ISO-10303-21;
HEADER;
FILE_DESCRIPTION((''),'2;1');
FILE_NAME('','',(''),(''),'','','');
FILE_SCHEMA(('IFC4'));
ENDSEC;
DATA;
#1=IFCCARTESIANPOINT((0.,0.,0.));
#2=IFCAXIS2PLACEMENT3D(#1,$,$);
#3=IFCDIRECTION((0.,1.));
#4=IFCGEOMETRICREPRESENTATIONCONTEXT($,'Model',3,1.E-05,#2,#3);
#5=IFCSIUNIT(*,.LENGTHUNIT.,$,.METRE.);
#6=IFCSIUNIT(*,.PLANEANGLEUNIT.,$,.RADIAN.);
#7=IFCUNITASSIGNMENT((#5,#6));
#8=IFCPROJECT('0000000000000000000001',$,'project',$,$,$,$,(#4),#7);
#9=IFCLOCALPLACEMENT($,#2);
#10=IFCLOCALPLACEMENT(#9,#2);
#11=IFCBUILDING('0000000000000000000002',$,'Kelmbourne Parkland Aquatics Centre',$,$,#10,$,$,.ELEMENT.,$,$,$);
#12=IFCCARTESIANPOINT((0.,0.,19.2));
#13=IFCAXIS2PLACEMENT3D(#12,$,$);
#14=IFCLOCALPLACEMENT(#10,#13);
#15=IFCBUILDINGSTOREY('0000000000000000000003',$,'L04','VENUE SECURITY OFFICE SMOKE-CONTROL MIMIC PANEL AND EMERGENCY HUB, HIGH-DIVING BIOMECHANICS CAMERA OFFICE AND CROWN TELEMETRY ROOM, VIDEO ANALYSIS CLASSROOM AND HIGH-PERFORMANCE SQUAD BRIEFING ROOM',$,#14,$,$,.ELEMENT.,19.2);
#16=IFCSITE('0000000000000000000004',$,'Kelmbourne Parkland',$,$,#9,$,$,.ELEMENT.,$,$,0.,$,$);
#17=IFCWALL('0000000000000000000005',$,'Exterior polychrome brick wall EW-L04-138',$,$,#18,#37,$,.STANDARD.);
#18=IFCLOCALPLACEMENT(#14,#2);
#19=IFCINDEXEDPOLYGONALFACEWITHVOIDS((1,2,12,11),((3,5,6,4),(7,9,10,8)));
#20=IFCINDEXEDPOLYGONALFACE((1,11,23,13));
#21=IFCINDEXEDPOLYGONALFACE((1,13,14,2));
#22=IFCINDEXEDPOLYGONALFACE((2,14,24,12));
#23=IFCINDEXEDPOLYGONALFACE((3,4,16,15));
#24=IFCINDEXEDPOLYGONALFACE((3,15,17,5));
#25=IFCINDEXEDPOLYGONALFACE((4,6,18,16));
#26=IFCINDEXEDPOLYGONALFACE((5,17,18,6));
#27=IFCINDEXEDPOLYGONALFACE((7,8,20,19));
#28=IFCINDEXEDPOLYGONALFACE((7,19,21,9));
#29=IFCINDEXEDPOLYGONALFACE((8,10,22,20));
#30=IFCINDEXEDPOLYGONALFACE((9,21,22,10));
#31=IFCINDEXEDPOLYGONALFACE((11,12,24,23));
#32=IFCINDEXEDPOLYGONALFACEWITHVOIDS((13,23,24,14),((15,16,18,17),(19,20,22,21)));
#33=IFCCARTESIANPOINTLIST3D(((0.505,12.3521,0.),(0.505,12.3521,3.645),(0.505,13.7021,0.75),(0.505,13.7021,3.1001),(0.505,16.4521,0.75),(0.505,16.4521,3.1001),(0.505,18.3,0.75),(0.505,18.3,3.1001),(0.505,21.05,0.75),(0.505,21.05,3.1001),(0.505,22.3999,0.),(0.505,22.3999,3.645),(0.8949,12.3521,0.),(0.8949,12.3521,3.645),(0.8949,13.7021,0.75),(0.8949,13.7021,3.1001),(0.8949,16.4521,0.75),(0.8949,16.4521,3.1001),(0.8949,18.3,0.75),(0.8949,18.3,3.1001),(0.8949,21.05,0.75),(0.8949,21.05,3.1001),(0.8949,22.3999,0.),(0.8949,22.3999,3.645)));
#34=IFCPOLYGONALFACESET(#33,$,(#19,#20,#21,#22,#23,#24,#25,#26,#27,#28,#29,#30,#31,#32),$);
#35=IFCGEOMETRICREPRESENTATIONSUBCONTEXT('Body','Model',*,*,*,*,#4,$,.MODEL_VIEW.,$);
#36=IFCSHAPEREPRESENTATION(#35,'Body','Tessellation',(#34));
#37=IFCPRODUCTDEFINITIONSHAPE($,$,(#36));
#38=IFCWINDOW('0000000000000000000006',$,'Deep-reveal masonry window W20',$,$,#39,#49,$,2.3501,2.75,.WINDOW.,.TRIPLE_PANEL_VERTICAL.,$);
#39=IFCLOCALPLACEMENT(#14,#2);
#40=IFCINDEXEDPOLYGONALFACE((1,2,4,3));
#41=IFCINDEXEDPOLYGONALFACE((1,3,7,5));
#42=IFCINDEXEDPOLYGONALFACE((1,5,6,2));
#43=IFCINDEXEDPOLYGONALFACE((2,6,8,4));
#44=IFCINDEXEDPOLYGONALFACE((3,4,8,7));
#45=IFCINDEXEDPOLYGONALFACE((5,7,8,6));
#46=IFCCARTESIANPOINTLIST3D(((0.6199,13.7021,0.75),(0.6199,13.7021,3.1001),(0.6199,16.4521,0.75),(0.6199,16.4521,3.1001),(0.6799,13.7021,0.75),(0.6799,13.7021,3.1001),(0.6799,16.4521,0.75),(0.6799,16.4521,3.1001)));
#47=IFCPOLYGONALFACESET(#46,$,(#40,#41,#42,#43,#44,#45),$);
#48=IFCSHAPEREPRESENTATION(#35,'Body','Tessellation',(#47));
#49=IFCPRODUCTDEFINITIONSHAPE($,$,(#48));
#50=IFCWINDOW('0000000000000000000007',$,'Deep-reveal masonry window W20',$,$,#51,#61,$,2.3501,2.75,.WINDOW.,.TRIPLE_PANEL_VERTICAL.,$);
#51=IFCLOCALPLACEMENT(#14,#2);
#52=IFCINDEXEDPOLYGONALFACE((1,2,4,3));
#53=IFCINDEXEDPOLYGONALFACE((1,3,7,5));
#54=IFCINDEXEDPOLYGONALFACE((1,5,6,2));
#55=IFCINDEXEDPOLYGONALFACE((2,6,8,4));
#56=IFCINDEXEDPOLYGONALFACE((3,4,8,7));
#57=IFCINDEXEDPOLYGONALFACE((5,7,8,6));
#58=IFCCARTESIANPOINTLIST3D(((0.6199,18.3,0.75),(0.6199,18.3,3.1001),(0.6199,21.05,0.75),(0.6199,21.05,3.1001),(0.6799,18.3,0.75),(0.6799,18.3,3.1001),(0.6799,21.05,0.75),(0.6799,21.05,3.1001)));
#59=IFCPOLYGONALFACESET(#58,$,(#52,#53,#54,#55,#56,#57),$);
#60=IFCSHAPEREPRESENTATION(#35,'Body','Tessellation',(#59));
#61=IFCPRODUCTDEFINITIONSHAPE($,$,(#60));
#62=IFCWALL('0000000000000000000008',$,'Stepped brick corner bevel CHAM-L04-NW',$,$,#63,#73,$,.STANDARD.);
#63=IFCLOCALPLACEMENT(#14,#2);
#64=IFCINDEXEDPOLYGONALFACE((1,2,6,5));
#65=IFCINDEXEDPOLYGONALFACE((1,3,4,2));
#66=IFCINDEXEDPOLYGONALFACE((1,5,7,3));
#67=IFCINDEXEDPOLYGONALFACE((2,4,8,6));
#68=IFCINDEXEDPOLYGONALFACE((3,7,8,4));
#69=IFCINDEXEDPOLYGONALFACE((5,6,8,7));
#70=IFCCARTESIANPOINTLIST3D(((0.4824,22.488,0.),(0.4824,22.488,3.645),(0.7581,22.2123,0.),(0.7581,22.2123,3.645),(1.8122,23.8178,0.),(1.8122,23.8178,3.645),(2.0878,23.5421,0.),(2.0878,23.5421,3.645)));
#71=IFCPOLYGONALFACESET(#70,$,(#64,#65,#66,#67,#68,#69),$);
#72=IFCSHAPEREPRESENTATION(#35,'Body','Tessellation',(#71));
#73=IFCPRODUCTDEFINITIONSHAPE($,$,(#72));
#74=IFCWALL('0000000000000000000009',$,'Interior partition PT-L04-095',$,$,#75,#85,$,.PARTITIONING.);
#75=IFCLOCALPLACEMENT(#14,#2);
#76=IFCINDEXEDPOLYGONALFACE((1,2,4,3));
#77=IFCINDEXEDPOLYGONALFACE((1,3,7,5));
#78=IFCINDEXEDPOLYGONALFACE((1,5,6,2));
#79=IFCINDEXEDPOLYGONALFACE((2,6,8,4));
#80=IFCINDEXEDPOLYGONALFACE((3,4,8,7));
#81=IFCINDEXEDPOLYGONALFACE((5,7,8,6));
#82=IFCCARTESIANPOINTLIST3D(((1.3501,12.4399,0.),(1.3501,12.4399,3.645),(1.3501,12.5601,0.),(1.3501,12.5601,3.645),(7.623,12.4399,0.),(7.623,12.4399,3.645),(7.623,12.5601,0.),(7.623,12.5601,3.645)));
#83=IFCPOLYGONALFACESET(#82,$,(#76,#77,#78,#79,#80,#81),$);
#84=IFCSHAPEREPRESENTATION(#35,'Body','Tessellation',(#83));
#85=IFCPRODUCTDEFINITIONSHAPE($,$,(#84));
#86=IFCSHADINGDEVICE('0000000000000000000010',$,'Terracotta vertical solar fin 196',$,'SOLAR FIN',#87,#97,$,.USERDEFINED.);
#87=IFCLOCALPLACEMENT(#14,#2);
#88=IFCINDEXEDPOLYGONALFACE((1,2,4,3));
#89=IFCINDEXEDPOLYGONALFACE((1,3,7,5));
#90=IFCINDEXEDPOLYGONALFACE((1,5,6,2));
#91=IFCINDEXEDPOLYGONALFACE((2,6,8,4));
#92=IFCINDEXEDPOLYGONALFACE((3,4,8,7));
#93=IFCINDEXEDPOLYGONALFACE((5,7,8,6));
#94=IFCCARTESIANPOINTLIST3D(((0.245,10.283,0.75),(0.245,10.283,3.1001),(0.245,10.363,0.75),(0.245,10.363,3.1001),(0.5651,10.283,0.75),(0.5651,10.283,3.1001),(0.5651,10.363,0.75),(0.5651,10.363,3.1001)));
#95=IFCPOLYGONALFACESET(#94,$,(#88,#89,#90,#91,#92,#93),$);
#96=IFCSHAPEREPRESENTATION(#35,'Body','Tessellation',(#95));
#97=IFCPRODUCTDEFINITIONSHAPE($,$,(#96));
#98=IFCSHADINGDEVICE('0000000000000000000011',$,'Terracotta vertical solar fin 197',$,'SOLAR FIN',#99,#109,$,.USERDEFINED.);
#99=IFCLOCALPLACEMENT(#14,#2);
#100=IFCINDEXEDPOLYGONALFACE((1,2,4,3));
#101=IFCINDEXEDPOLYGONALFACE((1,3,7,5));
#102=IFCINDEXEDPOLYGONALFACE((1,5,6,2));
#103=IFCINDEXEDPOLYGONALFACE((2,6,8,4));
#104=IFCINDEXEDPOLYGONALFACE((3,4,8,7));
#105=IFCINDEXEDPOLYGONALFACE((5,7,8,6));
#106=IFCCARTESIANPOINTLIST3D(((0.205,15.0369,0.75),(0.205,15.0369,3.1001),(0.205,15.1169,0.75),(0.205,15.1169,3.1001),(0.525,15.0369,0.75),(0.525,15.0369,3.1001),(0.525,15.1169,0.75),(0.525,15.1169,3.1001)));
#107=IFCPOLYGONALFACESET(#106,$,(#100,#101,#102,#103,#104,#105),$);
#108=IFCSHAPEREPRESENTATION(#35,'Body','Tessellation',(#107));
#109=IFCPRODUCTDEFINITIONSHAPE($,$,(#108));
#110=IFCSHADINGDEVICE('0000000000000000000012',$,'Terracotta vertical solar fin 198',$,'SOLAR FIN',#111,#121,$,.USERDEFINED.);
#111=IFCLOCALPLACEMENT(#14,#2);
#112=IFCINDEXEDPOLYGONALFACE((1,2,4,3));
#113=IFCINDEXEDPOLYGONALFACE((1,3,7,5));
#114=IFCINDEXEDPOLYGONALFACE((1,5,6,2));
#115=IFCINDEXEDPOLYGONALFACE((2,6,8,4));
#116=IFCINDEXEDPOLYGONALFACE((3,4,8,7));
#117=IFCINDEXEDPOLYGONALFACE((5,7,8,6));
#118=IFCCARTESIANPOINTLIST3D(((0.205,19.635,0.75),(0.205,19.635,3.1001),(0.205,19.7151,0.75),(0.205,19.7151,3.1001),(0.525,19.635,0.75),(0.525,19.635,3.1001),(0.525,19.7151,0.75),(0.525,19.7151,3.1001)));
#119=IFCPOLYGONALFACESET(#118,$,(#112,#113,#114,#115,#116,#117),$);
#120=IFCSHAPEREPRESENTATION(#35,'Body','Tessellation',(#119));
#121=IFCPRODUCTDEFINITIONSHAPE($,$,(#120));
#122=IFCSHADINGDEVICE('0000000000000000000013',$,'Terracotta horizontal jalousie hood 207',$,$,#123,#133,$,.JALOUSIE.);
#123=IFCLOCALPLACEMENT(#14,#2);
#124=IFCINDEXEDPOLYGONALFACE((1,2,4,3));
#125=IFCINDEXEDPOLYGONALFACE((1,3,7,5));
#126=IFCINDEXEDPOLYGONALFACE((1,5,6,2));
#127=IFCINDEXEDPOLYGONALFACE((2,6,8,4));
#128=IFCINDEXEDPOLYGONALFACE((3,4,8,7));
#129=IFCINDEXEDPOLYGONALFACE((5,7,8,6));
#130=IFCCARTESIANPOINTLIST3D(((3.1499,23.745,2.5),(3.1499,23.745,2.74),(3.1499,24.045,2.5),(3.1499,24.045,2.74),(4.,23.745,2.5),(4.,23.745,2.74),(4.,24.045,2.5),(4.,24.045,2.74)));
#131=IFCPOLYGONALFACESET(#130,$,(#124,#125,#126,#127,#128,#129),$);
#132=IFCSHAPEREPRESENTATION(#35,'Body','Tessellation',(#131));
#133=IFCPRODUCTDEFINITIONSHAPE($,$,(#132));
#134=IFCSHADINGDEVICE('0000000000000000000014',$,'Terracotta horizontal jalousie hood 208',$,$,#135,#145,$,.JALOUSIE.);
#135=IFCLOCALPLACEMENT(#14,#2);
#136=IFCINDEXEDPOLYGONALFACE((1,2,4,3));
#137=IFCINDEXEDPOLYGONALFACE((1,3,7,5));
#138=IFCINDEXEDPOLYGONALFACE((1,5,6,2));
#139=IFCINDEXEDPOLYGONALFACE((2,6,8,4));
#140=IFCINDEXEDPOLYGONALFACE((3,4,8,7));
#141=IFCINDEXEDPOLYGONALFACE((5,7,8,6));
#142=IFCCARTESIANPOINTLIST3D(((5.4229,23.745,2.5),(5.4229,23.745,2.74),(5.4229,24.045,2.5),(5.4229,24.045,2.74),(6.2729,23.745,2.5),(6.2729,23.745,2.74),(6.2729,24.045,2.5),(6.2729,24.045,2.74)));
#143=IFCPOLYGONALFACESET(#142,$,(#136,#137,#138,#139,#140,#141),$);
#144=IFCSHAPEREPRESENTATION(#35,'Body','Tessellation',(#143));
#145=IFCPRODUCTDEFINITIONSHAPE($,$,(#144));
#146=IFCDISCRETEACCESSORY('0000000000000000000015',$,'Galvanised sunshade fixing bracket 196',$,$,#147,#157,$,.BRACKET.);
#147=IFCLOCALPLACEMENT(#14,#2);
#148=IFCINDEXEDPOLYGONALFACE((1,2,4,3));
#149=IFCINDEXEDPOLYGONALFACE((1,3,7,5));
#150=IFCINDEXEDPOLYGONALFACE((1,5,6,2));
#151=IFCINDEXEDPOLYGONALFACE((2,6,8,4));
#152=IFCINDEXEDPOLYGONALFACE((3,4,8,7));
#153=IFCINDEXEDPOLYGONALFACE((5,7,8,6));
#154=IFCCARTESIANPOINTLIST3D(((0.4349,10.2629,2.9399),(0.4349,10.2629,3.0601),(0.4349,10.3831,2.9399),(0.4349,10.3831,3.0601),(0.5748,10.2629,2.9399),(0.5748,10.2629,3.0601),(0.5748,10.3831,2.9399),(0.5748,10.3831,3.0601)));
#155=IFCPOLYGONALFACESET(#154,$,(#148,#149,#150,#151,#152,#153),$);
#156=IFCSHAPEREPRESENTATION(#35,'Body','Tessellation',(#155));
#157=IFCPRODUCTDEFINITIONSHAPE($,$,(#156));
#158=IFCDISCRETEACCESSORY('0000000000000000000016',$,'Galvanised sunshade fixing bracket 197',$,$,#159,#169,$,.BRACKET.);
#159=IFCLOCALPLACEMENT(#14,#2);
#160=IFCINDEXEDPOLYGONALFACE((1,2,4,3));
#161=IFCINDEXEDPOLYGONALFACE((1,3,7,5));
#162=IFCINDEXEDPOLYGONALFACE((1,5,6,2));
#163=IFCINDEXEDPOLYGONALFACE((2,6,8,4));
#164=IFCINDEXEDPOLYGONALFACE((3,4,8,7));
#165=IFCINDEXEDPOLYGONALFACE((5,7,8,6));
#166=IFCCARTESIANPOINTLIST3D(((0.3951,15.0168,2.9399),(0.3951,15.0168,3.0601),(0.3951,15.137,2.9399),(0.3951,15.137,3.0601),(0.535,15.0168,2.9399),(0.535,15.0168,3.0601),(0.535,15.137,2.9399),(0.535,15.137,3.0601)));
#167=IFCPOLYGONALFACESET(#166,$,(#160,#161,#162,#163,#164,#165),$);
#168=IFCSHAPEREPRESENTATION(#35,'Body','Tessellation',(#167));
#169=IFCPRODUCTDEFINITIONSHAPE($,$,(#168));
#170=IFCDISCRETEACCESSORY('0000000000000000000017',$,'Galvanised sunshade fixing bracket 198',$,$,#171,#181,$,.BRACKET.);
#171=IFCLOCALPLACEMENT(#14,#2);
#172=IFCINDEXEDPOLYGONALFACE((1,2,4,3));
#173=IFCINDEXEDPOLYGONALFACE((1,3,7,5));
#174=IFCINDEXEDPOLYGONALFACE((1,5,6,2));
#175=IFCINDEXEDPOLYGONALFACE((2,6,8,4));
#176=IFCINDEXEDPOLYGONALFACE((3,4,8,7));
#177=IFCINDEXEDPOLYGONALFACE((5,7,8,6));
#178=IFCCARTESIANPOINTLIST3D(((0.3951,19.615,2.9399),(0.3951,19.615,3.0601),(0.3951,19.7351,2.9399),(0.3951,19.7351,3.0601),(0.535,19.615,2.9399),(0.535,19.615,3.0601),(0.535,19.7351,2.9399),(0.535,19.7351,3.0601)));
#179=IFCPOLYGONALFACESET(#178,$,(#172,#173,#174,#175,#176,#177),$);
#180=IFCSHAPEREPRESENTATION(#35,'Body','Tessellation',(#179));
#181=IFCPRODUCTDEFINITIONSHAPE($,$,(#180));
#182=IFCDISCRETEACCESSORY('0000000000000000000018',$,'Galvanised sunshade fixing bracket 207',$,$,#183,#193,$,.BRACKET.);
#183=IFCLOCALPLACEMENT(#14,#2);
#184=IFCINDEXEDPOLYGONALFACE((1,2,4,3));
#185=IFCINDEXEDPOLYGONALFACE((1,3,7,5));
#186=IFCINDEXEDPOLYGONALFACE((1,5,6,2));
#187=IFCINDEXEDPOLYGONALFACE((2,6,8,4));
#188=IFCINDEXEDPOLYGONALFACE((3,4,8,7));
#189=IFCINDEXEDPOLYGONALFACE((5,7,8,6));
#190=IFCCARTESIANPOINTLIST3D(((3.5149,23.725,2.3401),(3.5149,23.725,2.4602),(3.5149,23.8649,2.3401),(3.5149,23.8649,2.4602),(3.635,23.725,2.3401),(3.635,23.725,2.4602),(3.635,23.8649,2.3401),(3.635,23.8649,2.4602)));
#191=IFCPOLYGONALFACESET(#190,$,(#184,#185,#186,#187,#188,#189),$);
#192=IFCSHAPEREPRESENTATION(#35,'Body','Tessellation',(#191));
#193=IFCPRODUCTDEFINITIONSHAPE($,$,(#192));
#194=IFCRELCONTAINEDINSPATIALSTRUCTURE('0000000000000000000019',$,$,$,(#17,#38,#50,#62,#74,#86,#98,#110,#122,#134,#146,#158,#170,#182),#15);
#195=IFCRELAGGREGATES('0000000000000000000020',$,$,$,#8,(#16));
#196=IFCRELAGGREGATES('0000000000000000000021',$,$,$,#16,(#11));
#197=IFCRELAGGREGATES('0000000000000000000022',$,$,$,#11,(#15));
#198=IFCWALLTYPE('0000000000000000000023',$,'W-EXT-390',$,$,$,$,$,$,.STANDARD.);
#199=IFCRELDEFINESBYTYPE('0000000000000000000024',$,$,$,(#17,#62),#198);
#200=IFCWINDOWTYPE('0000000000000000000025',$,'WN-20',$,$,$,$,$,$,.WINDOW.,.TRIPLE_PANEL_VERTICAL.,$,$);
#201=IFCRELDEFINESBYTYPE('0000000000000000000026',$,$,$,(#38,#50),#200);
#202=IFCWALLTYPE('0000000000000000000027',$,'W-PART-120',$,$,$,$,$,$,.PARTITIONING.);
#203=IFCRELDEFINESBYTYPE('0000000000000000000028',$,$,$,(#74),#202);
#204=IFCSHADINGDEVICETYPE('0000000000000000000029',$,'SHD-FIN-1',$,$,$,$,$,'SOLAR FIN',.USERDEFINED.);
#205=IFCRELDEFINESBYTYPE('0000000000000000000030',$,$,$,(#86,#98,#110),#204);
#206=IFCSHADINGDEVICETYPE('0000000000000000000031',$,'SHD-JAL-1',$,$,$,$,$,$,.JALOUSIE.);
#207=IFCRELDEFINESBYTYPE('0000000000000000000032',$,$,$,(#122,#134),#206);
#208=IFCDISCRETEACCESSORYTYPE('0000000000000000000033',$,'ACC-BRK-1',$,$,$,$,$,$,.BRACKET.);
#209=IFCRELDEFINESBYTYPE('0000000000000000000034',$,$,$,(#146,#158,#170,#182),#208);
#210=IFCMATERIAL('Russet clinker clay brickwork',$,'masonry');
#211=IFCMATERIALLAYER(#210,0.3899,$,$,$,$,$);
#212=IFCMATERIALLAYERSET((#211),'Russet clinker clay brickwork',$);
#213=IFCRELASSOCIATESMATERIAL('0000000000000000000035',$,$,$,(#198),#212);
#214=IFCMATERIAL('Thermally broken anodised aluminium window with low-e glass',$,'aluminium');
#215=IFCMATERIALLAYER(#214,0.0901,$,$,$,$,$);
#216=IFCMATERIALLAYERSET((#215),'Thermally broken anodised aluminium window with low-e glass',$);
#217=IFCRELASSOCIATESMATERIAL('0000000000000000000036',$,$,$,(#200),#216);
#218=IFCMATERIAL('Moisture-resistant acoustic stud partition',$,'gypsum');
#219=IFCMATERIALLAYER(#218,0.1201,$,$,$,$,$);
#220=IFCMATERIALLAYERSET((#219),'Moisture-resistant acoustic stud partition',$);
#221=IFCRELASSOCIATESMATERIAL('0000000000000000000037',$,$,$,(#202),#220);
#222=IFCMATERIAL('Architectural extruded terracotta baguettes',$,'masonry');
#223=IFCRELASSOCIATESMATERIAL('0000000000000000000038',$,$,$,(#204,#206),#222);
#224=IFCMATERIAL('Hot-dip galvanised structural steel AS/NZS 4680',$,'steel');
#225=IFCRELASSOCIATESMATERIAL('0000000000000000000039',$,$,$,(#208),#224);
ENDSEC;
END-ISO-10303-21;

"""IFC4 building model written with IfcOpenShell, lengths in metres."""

from ifc_helpers import new_model, si_unit, direction, frame, frame_2d, origin, origin_2d, place, context, subcontext, project, spatial, rectangle, extrude, material, layer, layer_set, type_object, element, fill, save


model = new_model("IFC4")

# Units and contexts
model_context = context("Model", 3, precision=1e-05, world=origin(), true_north=direction((0.0, 1.0)))
body_context = subcontext(model_context, "Body", "Model", "MODEL_VIEW")
ifc_project = project(units=[si_unit("LENGTHUNIT", "METRE"), si_unit("PLANEANGLEUNIT", "RADIAN")], contexts=[model_context])

# Site, building, storey
site_placement = place(None, origin())
site = spatial("IfcSite", under=ifc_project, at=site_placement, Name="Kelmbourne Parkland", CompositionType="ELEMENT", RefElevation=0.0)
building_placement = place(site_placement, origin())
building = spatial("IfcBuilding", under=site, at=building_placement, Name="Kelmbourne Parkland Aquatics Centre", CompositionType="ELEMENT")
storey_placement = place(building_placement, frame((0.0, 0.0, 19.2)))
storey = spatial("IfcBuildingStorey", under=building, at=storey_placement, Name="L04", Description="VENUE SECURITY OFFICE SMOKE-CONTROL MIMIC PANEL AND EMERGENCY HUB, HIGH-DIVING BIOMECHANICS CAMERA OFFICE AND CROWN TELEMETRY ROOM, VIDEO ANALYSIS CLASSROOM AND HIGH-PERFORMANCE SQUAD BRIEFING ROOM", CompositionType="ELEMENT", Elevation=19.2)

# Wall, openings, windows
ifc_material_1 = material(Name="Russet clinker clay brickwork", Category="masonry")
ifc_material_2 = material(Name="Thermally broken anodised aluminium window with low-e glass", Category="aluminium")
ifc_layer_1 = layer(ifc_material_1, 0.3899)
ifc_layer_set_1 = layer_set([ifc_layer_1], Name="Russet clinker clay brickwork")
wall_type_1 = type_object("IfcWallType", Name="W-EXT-390", PredefinedType="STANDARD", material=ifc_layer_set_1)
wall_1_placement = place(storey_placement, frame((0.7, 12.3521, 0.0), z_axis=(0.0, 0.0, 1.0), x_axis=(0.0, 1.0, 0.0)))
wall_1 = element("IfcWall", 1, at=wall_1_placement, inside=storey, type_object=wall_type_1, Name="Exterior polychrome brick wall EW-L04-138", PredefinedType="STANDARD", context=body_context, shape_type="SweptSolid", body=[
    extrude(rectangle(XDim=10.0479, YDim=0.3899, at=frame_2d((5.0239, 0.0))), origin(), (0.0, 0.0, 1.0), 3.645),
])
opening_1_placement = place(wall_1_placement, frame((1.3501, 0.0, 0.75)))
opening_1 = element("IfcOpeningElement", 2, at=opening_1_placement, cuts=wall_1, PredefinedType="OPENING", context=body_context, shape_type="SweptSolid", body=[
    extrude(rectangle(XDim=2.75, YDim=2.3501, at=frame_2d((1.375, 1.175))), frame((0.0, 0.207, 0.0), z_axis=(0.0, -1.0, 0.0), x_axis=(1.0, 0.0, 0.0)), (0.0, 0.0, 1.0), 0.4138),
])
opening_2_placement = place(wall_1_placement, frame((5.948, 0.0, 0.75)))
opening_2 = element("IfcOpeningElement", 3, at=opening_2_placement, cuts=wall_1, PredefinedType="OPENING", context=body_context, shape_type="SweptSolid", body=[
    extrude(rectangle(XDim=2.75, YDim=2.3501, at=frame_2d((1.375, 1.175))), frame((0.0, 0.207, 0.0), z_axis=(0.0, -1.0, 0.0), x_axis=(1.0, 0.0, 0.0)), (0.0, 0.0, 1.0), 0.4138),
])
ifc_layer_2 = layer(ifc_material_2, 0.0901)
ifc_layer_set_2 = layer_set([ifc_layer_2], Name="Thermally broken anodised aluminium window with low-e glass")
window_type_1 = type_object("IfcWindowType", Name="WN-20", PartitioningType="TRIPLE_PANEL_VERTICAL", PredefinedType="WINDOW", material=ifc_layer_set_2)
window_1_placement = place(opening_1_placement, origin())
window_1 = element("IfcWindow", 4, at=window_1_placement, inside=storey, type_object=window_type_1, Name="Deep-reveal masonry window W20", OverallHeight=2.3501, OverallWidth=2.75, PartitioningType="TRIPLE_PANEL_VERTICAL", PredefinedType="WINDOW", context=body_context, shape_type="SweptSolid", body=[
    extrude(rectangle(XDim=2.75, YDim=2.3501, at=frame_2d((1.375, 1.175))), frame((0.0, 0.0801, 0.0), z_axis=(0.0, -1.0, 0.0), x_axis=(1.0, 0.0, 0.0)), (0.0, 0.0, 1.0), 0.0601),
])
fill(opening_1, window_1)
window_2_placement = place(opening_2_placement, origin())
window_2 = element("IfcWindow", 5, at=window_2_placement, inside=storey, type_object=window_type_1, Name="Deep-reveal masonry window W20", OverallHeight=2.3501, OverallWidth=2.75, PartitioningType="TRIPLE_PANEL_VERTICAL", PredefinedType="WINDOW", context=body_context, shape_type="SweptSolid", body=[
    extrude(rectangle(XDim=2.75, YDim=2.3501, at=frame_2d((1.375, 1.175))), frame((0.0, 0.0801, 0.0), z_axis=(0.0, -1.0, 0.0), x_axis=(1.0, 0.0, 0.0)), (0.0, 0.0, 1.0), 0.0601),
])
fill(opening_2, window_2)

# Walls
wall_2_placement = place(storey_placement, frame((0.6201, 22.3501, 0.0), z_axis=(0.0, 0.0, 1.0), x_axis=(0.707107, 0.707107, 0.0)))
element("IfcWall", 6, at=wall_2_placement, inside=storey, type_object=wall_type_1, Name="Stepped brick corner bevel CHAM-L04-NW", PredefinedType="STANDARD", context=body_context, shape_type="SweptSolid", body=[
    extrude(rectangle(XDim=1.8806, YDim=0.3899, at=frame_2d((0.9404, 0.0))), origin(), (0.0, 0.0, 1.0), 3.645),
])
ifc_material_3 = material(Name="Moisture-resistant acoustic stud partition", Category="gypsum")
ifc_layer_3 = layer(ifc_material_3, 0.1201)
ifc_layer_set_3 = layer_set([ifc_layer_3], Name="Moisture-resistant acoustic stud partition")
wall_type_2 = type_object("IfcWallType", Name="W-PART-120", PredefinedType="PARTITIONING", material=ifc_layer_set_3)
wall_3_placement = place(storey_placement, frame((1.3501, 12.5, 0.0), z_axis=(0.0, 0.0, 1.0), x_axis=(1.0, 0.0, 0.0)))
element("IfcWall", 7, at=wall_3_placement, inside=storey, type_object=wall_type_2, Name="Interior partition PT-L04-095", PredefinedType="PARTITIONING", context=body_context, shape_type="SweptSolid", body=[
    extrude(rectangle(XDim=6.2729, YDim=0.1201, at=frame_2d((3.1365, 0.0))), origin(), (0.0, 0.0, 1.0), 3.645),
])

# Shading devices
ifc_material_4 = material(Name="Architectural extruded terracotta baguettes", Category="masonry")
shading_device_type_1 = type_object("IfcShadingDeviceType", Name="SHD-FIN-1", ElementType="SOLAR FIN", PredefinedType="USERDEFINED", material=ifc_material_4)
for number, where, z_axis, x_axis, name in (
    (8, (0.405, 10.323, 0.75), (0.0, 0.0, 1.0), (0.0, 1.0, 0.0), "Terracotta vertical solar fin 196"),
    (9, (0.365, 15.0769, 0.75), (0.0, 0.0, 1.0), (0.0, 1.0, 0.0), "Terracotta vertical solar fin 197"),
    (10, (0.365, 19.675, 0.75), (0.0, 0.0, 1.0), (0.0, 1.0, 0.0), "Terracotta vertical solar fin 198"),
):
    element("IfcShadingDevice", number, at=place(storey_placement, frame(where, z_axis=z_axis, x_axis=x_axis)), inside=storey, type_object=shading_device_type_1, Name=name, ObjectType="SOLAR FIN", PredefinedType="USERDEFINED", context=body_context, shape_type="SweptSolid", body=[
        extrude(rectangle(XDim=0.0801, YDim=0.3201, at=origin_2d()), origin(), (0.0, 0.0, 1.0), 2.3501),
    ])
shading_device_type_2 = type_object("IfcShadingDeviceType", Name="SHD-JAL-1", PredefinedType="JALOUSIE", material=ifc_material_4)
for number, where, z_axis, x_axis, name in (
    (11, (3.575, 23.895, 2.5), (0.0, 0.0, 1.0), (1.0, 0.0, 0.0), "Terracotta horizontal jalousie hood 207"),
    (12, (5.8479, 23.895, 2.5), (0.0, 0.0, 1.0), (1.0, 0.0, 0.0), "Terracotta horizontal jalousie hood 208"),
):
    element("IfcShadingDevice", number, at=place(storey_placement, frame(where, z_axis=z_axis, x_axis=x_axis)), inside=storey, type_object=shading_device_type_2, Name=name, PredefinedType="JALOUSIE", context=body_context, shape_type="SweptSolid", body=[
        extrude(rectangle(XDim=0.8501, YDim=0.3, at=origin_2d()), origin(), (0.0, 0.0, 1.0), 0.24),
    ])

# Discrete accessories
ifc_material_5 = material(Name="Hot-dip galvanised structural steel AS/NZS 4680", Category="steel")
discrete_accessory_type = type_object("IfcDiscreteAccessoryType", Name="ACC-BRK-1", PredefinedType="BRACKET", material=ifc_material_5)
for number, where, z_axis, x_axis, name in (
    (13, (0.5049, 10.323, 2.9399), (0.0, 0.0, 1.0), (0.0, 1.0, 0.0), "Galvanised sunshade fixing bracket 196"),
    (14, (0.4651, 15.0769, 2.9399), (0.0, 0.0, 1.0), (0.0, 1.0, 0.0), "Galvanised sunshade fixing bracket 197"),
    (15, (0.4651, 19.675, 2.9399), (0.0, 0.0, 1.0), (0.0, 1.0, 0.0), "Galvanised sunshade fixing bracket 198"),
    (16, (3.575, 23.7949, 2.3401), (0.0, 0.0, 1.0), (1.0, 0.0, 0.0), "Galvanised sunshade fixing bracket 207"),
):
    element("IfcDiscreteAccessory", number, at=place(storey_placement, frame(where, z_axis=z_axis, x_axis=x_axis)), inside=storey, type_object=discrete_accessory_type, Name=name, PredefinedType="BRACKET", context=body_context, shape_type="SweptSolid", body=[
        extrude(rectangle(XDim=0.1201, YDim=0.1399, at=origin_2d()), origin(), (0.0, 0.0, 1.0), 0.1201),
    ])

save(model, "model.ifc")
